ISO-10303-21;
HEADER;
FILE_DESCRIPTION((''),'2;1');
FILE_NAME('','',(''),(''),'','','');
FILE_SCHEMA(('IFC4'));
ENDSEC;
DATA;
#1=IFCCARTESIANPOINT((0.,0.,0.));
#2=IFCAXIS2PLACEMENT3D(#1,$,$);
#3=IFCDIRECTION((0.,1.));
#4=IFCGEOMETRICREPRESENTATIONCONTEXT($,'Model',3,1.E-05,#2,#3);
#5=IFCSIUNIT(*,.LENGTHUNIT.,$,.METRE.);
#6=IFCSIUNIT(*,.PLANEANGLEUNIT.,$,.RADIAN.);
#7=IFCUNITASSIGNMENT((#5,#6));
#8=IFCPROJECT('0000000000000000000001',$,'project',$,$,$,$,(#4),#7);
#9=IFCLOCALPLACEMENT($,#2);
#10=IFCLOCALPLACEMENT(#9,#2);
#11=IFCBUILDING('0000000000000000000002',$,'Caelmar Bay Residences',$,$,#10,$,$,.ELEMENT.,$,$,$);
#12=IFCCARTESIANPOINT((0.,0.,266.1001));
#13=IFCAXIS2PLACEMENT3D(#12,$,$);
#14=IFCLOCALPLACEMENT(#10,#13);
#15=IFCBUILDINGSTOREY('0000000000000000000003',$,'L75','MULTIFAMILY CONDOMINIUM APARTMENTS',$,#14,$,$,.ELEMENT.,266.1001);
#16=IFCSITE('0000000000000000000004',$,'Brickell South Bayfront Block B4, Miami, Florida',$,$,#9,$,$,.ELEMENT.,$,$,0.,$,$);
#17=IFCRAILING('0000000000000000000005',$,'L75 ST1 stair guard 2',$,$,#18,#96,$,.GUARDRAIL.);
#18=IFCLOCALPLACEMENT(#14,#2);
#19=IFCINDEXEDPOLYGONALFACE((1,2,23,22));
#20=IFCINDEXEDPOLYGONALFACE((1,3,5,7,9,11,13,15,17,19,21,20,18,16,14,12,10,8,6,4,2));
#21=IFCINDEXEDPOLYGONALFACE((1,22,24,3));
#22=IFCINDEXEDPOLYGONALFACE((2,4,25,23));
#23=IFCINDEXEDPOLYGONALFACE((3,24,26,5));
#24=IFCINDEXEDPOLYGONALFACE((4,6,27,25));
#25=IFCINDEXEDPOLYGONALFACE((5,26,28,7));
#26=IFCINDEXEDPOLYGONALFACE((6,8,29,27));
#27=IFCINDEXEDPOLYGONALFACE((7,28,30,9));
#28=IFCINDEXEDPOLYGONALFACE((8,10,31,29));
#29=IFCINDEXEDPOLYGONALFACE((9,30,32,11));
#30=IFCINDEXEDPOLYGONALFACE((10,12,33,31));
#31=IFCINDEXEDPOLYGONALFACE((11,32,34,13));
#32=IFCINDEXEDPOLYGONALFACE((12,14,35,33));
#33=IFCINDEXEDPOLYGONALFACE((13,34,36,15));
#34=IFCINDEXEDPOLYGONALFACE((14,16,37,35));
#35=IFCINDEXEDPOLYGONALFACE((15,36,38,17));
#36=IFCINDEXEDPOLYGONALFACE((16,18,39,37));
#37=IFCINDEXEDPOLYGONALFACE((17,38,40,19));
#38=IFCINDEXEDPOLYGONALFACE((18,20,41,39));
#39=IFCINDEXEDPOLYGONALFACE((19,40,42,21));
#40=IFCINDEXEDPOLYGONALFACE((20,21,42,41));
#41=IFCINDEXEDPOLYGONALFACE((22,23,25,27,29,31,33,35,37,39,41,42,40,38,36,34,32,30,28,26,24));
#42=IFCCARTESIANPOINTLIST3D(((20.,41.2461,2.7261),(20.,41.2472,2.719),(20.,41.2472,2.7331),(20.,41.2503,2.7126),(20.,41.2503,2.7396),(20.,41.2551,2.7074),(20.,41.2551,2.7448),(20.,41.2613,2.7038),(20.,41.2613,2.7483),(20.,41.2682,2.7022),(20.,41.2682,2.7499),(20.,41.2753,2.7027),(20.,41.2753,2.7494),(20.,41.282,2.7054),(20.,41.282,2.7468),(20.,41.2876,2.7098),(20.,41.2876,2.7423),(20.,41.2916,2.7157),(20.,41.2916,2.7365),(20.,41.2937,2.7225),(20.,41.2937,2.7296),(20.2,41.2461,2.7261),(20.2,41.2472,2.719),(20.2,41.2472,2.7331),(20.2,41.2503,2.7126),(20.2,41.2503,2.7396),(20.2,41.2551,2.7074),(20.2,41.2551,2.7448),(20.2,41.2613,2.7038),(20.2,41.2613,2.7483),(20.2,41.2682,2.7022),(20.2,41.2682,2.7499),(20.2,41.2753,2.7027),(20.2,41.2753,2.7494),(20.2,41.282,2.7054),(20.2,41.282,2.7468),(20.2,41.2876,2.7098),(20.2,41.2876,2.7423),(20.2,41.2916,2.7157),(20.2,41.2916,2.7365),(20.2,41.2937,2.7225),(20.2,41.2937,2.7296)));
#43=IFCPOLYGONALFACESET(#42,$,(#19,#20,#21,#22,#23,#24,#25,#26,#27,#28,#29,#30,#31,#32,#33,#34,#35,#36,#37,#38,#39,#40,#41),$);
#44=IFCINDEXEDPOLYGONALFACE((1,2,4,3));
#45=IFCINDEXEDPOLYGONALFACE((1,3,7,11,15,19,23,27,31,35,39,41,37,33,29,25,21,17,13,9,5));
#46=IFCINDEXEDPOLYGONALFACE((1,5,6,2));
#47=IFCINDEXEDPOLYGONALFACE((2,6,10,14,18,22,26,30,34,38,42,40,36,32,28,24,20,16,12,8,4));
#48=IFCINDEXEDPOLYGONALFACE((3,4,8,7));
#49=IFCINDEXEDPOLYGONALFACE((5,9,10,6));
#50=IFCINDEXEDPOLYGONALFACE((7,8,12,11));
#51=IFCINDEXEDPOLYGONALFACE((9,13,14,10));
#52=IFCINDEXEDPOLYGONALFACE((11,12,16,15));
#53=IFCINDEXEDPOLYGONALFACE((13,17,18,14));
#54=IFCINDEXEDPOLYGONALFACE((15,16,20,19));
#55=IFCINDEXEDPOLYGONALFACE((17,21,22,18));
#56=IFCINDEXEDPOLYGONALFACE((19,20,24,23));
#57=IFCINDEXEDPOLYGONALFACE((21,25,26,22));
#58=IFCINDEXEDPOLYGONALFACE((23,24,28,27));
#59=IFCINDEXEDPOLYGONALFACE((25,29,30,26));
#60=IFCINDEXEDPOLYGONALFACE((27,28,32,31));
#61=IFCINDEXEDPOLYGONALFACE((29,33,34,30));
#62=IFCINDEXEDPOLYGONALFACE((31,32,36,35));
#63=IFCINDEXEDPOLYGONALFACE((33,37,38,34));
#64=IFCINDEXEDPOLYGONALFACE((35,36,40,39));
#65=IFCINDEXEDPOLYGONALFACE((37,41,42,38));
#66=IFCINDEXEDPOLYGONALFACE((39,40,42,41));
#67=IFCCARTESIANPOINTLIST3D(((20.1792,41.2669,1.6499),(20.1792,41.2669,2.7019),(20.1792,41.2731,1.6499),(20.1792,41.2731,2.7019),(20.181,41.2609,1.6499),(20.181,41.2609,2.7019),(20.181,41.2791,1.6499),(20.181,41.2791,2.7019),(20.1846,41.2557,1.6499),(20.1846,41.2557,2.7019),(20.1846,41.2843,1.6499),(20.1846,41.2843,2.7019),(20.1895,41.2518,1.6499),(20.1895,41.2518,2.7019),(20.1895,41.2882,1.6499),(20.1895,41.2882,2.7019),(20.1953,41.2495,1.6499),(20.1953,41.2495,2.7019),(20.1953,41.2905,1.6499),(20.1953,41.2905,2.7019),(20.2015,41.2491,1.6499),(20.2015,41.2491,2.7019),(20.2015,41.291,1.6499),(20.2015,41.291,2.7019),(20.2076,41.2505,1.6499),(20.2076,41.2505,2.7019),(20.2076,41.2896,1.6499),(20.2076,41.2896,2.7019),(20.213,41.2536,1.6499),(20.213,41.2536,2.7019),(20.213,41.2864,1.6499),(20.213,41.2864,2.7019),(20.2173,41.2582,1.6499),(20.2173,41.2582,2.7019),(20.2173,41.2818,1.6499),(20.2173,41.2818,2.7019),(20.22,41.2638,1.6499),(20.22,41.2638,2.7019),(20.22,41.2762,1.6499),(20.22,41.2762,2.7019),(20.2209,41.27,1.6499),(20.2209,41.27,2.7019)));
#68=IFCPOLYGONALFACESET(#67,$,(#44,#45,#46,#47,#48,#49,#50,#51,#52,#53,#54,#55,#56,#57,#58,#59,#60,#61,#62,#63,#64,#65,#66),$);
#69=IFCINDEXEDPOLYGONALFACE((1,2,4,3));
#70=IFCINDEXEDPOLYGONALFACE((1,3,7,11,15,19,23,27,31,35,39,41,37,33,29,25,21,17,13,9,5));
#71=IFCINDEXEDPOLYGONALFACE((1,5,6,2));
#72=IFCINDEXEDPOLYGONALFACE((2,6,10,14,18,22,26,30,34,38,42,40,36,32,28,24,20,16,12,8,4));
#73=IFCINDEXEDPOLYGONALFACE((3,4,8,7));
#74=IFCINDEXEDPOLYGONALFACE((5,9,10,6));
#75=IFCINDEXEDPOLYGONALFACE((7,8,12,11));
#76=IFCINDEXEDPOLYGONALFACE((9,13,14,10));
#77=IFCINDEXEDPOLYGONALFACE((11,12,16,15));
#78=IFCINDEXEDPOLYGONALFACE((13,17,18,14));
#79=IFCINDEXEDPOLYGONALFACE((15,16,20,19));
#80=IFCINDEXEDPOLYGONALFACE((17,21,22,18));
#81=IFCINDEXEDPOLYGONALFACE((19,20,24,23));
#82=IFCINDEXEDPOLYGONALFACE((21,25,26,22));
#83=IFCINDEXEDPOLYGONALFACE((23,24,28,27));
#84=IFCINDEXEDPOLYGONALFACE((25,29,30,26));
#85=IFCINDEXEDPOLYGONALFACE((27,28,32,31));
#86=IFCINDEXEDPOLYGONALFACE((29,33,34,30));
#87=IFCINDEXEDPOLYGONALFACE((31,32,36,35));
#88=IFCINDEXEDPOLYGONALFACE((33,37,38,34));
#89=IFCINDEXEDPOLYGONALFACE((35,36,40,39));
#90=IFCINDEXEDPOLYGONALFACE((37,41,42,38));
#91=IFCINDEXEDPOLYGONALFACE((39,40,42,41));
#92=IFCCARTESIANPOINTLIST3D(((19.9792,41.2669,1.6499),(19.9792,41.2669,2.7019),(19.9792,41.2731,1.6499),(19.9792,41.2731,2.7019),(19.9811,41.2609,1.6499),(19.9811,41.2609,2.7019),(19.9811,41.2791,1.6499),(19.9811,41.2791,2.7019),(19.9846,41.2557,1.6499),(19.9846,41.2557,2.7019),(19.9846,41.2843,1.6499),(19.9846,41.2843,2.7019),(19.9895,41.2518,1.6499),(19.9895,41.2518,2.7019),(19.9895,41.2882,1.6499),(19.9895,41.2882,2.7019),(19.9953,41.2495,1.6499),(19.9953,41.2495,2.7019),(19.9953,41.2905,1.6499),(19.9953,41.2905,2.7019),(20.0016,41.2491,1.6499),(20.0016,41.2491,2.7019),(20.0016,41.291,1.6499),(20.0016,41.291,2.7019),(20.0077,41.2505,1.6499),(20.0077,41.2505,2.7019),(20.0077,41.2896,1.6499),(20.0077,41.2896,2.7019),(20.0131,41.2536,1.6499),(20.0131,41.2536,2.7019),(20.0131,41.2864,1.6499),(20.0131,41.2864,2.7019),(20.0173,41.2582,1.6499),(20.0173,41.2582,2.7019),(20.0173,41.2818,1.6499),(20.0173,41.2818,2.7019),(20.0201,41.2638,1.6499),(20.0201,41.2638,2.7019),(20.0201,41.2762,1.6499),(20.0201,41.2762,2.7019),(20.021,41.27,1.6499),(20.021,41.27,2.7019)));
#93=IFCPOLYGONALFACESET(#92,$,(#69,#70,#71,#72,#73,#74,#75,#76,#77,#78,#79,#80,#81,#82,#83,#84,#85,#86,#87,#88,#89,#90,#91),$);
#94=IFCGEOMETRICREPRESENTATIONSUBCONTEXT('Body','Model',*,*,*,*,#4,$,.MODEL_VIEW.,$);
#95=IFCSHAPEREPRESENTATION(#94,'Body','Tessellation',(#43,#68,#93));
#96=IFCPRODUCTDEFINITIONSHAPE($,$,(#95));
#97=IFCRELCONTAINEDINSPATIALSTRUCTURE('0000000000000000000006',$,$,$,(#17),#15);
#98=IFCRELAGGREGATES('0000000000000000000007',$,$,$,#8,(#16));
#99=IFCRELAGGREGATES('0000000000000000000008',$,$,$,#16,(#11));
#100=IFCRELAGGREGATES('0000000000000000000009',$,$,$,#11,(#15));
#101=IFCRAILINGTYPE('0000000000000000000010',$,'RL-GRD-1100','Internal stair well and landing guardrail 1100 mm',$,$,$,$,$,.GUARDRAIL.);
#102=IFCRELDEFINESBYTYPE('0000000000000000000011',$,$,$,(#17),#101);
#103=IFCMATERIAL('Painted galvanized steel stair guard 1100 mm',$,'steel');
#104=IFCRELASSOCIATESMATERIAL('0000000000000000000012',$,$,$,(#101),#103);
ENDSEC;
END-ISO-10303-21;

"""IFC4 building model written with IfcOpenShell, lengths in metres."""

from ifc_helpers import new_model, si_unit, direction, frame, origin, origin_2d, place, context, subcontext, project, spatial, circle, extrude, material, type_object, element, save


model = new_model("IFC4")

# Units and contexts
model_context = context("Model", 3, precision=1e-05, world=origin(), true_north=direction((0.0, 1.0)))
body_context = subcontext(model_context, "Body", "Model", "MODEL_VIEW")
ifc_project = project(units=[si_unit("LENGTHUNIT", "METRE"), si_unit("PLANEANGLEUNIT", "RADIAN")], contexts=[model_context])

# Site, building, storey
site_placement = place(None, origin())
site = spatial("IfcSite", under=ifc_project, at=site_placement, Name="Brickell South Bayfront Block B4, Miami, Florida", CompositionType="ELEMENT", RefElevation=0.0)
building_placement = place(site_placement, origin())
building = spatial("IfcBuilding", under=site, at=building_placement, Name="Caelmar Bay Residences", CompositionType="ELEMENT")
storey_placement = place(building_placement, frame((0.0, 0.0, 266.1001)))
storey = spatial("IfcBuildingStorey", under=building, at=storey_placement, Name="L75", Description="MULTIFAMILY CONDOMINIUM APARTMENTS", CompositionType="ELEMENT", Elevation=266.1001)

# Railing
ifc_material_1 = material(Name="Painted galvanized steel stair guard 1100 mm", Category="steel")
railing_type_1 = type_object("IfcRailingType", Name="RL-GRD-1100", Description="Internal stair well and landing guardrail 1100 mm", PredefinedType="GUARDRAIL", material=ifc_material_1)
railing_1_placement = place(storey_placement, frame((20.2, 41.27, 1.6499)))
element("IfcRailing", 1, at=railing_1_placement, inside=storey, type_object=railing_type_1, Name="L75 ST1 stair guard 2", PredefinedType="GUARDRAIL", context=body_context, shape_type="SweptSolid", body=[
    extrude(circle(Radius=0.0239, at=origin_2d()), frame((0.0, 0.0, 1.0762), z_axis=(-1.0, 0.0, 0.0), x_axis=(0.0, -1.0, 0.0)), (0.0, 0.0, 1.0), 0.2),
    extrude(circle(Radius=0.021, at=origin_2d()), origin(), (0.0, 0.0, 1.0), 1.052),
    extrude(circle(Radius=0.021, at=origin_2d()), frame((-0.2, 0.0, 0.0)), (0.0, 0.0, 1.0), 1.052),
])

save(model, "model.ifc")
